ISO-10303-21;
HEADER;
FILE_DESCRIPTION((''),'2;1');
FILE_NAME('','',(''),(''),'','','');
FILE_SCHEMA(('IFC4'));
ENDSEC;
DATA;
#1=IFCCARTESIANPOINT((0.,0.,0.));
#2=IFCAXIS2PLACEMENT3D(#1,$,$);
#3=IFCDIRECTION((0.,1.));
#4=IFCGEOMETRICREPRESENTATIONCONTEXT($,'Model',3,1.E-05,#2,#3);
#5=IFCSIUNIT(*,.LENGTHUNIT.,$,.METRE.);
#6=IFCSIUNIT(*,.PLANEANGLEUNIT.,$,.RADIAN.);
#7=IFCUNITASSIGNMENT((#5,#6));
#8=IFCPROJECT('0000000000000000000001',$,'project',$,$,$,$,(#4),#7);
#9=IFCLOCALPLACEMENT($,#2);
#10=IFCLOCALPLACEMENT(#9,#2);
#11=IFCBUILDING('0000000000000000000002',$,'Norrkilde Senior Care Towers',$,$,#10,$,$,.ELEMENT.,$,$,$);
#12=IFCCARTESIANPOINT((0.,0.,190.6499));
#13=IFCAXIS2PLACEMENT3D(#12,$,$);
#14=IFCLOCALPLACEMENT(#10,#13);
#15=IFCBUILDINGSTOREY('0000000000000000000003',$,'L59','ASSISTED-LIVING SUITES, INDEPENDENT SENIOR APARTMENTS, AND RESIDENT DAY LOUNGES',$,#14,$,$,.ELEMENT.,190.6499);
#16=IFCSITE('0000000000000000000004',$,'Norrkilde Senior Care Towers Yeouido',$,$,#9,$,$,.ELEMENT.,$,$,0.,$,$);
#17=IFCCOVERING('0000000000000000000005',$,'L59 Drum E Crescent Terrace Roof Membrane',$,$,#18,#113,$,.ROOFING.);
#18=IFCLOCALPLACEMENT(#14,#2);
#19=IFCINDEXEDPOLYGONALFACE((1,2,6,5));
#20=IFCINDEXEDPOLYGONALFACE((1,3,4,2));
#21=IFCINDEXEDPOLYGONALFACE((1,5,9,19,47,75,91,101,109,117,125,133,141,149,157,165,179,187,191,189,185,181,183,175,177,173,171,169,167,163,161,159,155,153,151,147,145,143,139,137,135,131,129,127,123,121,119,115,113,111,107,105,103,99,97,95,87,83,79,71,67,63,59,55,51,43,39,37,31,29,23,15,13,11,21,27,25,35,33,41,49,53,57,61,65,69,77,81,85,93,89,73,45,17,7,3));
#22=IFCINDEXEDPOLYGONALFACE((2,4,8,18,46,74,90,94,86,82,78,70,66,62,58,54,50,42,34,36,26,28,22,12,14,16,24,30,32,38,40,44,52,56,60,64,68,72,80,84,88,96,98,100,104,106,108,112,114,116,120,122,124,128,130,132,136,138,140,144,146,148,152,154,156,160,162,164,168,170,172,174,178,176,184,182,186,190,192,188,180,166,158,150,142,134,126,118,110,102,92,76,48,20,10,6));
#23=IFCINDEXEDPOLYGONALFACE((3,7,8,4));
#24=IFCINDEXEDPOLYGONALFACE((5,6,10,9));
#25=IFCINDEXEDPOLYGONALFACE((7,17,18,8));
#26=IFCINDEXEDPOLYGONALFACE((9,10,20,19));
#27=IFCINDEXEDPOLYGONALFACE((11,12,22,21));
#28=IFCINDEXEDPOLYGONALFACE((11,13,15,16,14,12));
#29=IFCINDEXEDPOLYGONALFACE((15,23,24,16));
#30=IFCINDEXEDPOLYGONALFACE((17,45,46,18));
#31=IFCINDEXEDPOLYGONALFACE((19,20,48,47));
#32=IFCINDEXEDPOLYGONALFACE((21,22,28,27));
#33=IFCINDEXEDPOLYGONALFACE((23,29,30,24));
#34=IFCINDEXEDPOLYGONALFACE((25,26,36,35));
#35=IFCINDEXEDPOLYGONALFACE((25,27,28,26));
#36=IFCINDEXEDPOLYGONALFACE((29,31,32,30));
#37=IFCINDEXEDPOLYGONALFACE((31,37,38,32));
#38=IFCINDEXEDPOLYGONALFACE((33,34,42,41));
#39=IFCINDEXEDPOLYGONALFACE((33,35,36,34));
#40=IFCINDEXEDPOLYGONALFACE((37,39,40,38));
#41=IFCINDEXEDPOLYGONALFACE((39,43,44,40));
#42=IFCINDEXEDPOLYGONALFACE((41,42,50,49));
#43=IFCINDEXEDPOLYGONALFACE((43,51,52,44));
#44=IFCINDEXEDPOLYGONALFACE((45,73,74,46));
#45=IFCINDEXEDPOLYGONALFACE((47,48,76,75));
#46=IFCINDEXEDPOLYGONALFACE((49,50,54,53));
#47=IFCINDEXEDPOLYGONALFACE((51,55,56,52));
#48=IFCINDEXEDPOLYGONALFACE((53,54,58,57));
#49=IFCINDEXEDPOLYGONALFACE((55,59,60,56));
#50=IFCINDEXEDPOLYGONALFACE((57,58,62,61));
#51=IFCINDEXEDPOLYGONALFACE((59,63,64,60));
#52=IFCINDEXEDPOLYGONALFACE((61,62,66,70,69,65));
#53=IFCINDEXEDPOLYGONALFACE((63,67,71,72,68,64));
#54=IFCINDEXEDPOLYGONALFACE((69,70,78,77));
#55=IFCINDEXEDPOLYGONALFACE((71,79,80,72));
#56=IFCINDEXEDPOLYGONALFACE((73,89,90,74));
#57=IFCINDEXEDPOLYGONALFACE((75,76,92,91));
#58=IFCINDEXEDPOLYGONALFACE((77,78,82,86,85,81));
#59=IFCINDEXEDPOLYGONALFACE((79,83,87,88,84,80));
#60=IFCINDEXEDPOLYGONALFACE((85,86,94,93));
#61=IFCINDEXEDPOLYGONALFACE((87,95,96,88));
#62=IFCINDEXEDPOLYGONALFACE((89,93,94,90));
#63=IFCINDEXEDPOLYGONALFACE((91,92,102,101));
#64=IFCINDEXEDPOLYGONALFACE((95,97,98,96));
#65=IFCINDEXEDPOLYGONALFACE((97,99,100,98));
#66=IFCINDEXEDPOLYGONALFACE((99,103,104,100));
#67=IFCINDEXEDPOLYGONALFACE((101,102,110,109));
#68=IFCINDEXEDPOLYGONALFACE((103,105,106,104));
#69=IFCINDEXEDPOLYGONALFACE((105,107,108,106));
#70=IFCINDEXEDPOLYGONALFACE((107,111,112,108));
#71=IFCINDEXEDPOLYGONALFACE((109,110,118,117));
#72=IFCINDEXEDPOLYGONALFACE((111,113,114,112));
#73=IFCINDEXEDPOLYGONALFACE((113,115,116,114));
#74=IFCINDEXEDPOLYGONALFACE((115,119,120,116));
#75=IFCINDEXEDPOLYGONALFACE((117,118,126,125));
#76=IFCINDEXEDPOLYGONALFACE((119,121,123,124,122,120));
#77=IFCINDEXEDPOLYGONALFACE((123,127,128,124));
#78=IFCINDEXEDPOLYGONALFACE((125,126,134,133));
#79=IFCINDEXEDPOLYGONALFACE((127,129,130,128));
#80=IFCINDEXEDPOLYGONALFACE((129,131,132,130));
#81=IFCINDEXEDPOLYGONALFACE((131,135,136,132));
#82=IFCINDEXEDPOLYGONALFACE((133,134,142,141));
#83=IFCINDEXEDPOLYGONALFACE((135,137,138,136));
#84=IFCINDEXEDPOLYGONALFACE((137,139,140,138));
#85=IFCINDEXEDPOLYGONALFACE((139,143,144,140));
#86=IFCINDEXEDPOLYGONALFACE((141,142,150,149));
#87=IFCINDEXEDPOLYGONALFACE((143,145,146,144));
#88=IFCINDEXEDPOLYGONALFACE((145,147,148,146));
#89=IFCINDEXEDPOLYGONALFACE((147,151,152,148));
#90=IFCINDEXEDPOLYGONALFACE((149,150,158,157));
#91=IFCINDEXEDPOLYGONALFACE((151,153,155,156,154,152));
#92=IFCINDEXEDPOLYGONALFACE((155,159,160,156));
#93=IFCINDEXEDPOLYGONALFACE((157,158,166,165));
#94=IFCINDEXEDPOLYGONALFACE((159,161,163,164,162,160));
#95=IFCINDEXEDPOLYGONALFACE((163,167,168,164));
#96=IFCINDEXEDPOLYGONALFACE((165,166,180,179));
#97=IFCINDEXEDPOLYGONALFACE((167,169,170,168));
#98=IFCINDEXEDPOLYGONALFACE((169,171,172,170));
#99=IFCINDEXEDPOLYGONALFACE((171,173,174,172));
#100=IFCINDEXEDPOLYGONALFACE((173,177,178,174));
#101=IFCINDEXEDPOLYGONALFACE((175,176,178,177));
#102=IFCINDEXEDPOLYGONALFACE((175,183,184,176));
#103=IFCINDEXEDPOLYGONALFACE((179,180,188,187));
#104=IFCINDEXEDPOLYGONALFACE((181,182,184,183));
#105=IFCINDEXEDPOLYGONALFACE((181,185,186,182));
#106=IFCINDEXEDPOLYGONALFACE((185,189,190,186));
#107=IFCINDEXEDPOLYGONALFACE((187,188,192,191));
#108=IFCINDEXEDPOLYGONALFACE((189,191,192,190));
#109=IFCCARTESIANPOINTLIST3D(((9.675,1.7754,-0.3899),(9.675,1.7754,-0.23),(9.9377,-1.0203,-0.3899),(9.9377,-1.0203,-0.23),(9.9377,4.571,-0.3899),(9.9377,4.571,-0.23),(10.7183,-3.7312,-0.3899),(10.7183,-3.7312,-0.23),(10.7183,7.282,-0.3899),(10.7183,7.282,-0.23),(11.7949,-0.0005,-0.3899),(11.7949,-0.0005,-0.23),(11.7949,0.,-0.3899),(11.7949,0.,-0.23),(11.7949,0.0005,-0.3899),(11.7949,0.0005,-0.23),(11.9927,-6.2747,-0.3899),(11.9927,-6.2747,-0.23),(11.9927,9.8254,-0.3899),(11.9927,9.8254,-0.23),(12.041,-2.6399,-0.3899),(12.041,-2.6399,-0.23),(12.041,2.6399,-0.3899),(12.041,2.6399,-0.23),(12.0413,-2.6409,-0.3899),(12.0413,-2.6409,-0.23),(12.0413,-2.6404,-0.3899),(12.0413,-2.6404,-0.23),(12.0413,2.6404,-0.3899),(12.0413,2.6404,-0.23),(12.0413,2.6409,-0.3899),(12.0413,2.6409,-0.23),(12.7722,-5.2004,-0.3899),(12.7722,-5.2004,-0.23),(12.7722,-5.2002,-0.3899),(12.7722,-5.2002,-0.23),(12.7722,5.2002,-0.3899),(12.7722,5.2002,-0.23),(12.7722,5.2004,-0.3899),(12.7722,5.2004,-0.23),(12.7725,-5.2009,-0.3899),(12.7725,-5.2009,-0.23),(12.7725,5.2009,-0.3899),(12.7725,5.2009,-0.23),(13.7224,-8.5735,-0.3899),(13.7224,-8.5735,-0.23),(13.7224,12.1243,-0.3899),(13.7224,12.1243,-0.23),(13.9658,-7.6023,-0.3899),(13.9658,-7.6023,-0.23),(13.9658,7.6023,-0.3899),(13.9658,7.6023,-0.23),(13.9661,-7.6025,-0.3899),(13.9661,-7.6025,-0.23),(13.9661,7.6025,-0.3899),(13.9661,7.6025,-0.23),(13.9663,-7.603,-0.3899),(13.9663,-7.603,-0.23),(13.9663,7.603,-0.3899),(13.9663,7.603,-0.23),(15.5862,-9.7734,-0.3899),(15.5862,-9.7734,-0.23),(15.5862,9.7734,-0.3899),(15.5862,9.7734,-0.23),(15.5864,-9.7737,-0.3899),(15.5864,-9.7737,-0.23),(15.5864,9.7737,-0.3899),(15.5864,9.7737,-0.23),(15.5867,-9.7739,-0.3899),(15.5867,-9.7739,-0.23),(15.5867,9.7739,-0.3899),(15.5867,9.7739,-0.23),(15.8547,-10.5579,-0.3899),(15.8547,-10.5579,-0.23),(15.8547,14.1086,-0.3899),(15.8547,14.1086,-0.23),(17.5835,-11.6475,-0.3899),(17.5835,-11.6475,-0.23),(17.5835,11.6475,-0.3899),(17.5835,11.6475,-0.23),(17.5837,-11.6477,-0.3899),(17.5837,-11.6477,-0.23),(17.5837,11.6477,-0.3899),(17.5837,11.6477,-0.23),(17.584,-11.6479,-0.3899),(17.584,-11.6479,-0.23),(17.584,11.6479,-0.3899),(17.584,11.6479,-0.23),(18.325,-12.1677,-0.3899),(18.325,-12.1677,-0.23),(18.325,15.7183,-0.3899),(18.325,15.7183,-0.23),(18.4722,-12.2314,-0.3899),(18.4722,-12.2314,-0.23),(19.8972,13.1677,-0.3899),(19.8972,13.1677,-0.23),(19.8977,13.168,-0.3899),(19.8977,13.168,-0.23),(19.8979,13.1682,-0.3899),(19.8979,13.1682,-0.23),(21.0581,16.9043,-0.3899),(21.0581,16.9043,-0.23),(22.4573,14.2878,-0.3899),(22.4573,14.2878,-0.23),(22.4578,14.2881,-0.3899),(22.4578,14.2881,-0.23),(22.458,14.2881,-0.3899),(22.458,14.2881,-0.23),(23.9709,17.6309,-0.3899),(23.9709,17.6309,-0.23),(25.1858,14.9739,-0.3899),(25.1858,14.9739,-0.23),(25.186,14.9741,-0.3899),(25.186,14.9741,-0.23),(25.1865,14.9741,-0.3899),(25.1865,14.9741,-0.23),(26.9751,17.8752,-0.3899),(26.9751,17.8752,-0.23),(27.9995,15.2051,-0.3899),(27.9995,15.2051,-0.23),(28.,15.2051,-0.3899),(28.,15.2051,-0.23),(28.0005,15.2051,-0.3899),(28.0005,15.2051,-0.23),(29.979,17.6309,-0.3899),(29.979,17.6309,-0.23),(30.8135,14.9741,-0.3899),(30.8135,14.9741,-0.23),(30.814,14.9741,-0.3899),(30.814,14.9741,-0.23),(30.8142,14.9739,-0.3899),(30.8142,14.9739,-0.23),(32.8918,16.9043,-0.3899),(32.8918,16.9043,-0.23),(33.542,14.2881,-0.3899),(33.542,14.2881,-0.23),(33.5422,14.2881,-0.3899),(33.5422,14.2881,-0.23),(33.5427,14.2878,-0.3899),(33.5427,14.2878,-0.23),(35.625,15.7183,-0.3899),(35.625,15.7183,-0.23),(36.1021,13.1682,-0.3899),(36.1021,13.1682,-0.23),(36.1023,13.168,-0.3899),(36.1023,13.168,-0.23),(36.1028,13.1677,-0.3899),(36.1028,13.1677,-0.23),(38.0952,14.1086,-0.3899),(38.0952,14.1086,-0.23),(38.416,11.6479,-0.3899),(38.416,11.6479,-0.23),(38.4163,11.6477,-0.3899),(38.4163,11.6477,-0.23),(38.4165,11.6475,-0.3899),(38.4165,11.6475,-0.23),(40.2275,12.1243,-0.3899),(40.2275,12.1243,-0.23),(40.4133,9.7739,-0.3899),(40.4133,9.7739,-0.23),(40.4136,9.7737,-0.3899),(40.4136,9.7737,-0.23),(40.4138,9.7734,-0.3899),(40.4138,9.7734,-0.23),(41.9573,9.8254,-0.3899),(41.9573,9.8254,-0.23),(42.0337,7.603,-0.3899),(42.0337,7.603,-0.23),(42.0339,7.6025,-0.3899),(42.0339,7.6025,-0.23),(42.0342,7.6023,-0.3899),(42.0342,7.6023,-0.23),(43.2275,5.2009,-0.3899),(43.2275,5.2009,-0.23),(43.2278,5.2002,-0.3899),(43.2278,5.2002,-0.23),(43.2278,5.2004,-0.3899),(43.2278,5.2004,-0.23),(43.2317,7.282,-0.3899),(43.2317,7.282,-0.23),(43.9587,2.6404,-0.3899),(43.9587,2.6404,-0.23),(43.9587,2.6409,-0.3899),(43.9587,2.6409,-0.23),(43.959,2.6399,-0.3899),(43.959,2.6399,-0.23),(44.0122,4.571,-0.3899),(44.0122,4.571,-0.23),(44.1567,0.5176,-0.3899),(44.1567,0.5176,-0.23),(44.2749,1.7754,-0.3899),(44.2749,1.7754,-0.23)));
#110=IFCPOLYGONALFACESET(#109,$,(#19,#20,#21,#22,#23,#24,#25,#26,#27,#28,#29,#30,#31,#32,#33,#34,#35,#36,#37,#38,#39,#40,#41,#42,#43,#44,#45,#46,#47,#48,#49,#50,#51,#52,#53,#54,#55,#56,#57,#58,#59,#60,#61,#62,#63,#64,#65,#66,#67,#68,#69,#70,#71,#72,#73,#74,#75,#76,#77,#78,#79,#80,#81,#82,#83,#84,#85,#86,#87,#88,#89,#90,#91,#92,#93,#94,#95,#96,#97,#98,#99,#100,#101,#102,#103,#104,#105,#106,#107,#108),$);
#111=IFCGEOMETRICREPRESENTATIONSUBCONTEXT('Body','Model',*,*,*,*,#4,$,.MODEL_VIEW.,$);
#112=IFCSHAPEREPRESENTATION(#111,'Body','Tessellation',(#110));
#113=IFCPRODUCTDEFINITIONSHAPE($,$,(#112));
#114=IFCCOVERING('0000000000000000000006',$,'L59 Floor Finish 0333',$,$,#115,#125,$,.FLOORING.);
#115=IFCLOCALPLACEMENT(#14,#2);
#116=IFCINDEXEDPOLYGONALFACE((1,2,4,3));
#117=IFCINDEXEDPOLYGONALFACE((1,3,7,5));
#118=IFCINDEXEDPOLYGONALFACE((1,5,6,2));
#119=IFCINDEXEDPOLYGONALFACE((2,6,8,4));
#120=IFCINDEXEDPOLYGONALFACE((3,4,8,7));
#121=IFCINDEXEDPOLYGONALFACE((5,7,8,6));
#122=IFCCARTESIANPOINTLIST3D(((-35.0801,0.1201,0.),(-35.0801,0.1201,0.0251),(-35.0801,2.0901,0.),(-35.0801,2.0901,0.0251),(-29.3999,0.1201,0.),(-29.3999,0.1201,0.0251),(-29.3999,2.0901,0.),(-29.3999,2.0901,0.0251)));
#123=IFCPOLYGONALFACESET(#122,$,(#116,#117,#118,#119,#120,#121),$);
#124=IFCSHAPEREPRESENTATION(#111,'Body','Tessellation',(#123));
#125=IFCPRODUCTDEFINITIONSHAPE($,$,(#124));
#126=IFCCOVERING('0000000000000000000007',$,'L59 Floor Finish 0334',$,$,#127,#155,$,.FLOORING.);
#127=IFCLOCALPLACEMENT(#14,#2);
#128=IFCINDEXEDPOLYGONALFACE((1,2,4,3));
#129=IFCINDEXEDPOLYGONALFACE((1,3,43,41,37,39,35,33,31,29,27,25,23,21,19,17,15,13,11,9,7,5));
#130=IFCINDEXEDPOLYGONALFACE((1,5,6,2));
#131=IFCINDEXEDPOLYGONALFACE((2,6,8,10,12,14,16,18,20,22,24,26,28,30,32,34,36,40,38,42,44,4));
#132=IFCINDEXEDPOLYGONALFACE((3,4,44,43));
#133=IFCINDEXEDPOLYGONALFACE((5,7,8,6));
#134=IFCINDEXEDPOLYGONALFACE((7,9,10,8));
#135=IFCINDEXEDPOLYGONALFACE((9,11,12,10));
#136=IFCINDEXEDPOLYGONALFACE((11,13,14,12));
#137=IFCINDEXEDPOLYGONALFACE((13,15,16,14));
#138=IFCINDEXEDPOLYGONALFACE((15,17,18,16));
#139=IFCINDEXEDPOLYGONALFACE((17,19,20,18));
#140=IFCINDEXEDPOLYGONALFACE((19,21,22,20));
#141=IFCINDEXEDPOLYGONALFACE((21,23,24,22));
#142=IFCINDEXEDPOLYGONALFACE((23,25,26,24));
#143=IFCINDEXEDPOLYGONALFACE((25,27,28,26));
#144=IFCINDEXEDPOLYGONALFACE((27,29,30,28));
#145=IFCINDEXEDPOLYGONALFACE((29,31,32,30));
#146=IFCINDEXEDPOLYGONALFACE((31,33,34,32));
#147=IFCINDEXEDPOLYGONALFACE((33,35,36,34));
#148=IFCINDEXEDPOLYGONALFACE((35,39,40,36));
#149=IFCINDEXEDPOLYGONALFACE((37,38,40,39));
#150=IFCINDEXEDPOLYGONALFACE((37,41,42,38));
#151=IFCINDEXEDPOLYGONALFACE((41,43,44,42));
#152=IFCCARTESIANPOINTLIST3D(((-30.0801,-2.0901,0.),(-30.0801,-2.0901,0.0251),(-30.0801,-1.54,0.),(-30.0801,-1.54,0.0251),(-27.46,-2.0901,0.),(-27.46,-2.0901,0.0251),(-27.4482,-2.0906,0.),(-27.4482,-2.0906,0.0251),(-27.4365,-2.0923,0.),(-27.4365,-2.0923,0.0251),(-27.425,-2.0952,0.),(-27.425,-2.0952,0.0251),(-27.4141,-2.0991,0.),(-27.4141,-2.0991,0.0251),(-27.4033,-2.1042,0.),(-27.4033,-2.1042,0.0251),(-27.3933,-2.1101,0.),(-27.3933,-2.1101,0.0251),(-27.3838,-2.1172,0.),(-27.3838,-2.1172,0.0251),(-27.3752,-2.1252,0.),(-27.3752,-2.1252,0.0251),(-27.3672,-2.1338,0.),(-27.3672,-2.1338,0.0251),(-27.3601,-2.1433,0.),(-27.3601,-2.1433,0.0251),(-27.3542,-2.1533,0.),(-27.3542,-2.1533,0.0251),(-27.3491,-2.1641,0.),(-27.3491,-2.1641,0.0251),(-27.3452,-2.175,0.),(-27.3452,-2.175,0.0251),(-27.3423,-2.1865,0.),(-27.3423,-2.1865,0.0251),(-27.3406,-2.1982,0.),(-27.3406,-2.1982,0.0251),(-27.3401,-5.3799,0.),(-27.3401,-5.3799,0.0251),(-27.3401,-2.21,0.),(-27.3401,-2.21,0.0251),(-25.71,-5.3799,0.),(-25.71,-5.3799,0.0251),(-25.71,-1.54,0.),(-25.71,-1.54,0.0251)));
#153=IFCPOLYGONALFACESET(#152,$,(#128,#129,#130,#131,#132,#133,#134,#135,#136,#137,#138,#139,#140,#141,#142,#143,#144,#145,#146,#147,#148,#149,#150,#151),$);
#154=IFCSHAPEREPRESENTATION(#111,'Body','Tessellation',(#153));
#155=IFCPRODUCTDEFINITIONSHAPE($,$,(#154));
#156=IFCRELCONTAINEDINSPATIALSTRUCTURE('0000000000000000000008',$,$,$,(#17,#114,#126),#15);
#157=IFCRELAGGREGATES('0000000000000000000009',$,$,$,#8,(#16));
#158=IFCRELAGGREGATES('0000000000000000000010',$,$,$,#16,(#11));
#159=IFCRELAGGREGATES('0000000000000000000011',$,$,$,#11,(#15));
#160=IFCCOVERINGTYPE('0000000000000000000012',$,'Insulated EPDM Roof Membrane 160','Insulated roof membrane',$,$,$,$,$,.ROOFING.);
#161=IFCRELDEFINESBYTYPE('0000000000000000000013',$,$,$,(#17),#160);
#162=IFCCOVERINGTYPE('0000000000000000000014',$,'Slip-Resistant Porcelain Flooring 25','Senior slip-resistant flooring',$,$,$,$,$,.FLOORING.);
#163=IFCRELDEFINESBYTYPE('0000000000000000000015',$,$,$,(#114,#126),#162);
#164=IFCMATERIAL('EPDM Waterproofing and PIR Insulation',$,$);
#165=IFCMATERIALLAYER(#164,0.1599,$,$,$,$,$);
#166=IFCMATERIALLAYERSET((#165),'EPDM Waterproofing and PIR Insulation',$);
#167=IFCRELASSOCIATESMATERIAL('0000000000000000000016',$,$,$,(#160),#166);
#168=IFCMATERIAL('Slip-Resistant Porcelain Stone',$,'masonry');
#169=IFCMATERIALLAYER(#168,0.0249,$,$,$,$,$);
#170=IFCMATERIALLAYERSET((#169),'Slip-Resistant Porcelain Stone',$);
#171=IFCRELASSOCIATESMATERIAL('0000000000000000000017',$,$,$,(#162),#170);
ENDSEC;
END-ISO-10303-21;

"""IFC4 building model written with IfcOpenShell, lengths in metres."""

from ifc_helpers import new_model, si_unit, direction, frame, origin, place, context, subcontext, project, spatial, polyline, outline, extrude, material, layer, layer_set, type_object, element, save


model = new_model("IFC4")

# Units and contexts
model_context = context("Model", 3, precision=1e-05, world=origin(), true_north=direction((0.0, 1.0)))
body_context = subcontext(model_context, "Body", "Model", "MODEL_VIEW")
ifc_project = project(units=[si_unit("LENGTHUNIT", "METRE"), si_unit("PLANEANGLEUNIT", "RADIAN")], contexts=[model_context])

# Site, building, storey
site_placement = place(None, origin())
site = spatial("IfcSite", under=ifc_project, at=site_placement, Name="Norrkilde Senior Care Towers Yeouido", CompositionType="ELEMENT", RefElevation=0.0)
building_placement = place(site_placement, origin())
building = spatial("IfcBuilding", under=site, at=building_placement, Name="Norrkilde Senior Care Towers", CompositionType="ELEMENT")
storey_placement = place(building_placement, frame((0.0, 0.0, 190.6499)))
storey = spatial("IfcBuildingStorey", under=building, at=storey_placement, Name="L59", Description="ASSISTED-LIVING SUITES, INDEPENDENT SENIOR APARTMENTS, AND RESIDENT DAY LOUNGES", CompositionType="ELEMENT", Elevation=190.6499)

# Coverings
ifc_material_1 = material(Name="EPDM Waterproofing and PIR Insulation")
ifc_layer_1 = layer(ifc_material_1, 0.1599)
ifc_layer_set_1 = layer_set([ifc_layer_1], Name="EPDM Waterproofing and PIR Insulation")
covering_type_1 = type_object("IfcCoveringType", Name="Insulated EPDM Roof Membrane 160", Description="Insulated roof membrane", PredefinedType="ROOFING", material=ifc_layer_set_1)
covering_1_placement = place(storey_placement, frame((0.0, 0.0, -0.3899)))
element("IfcCovering", 1, at=covering_1_placement, inside=storey, type_object=covering_type_1, Name="L59 Drum E Crescent Terrace Roof Membrane", PredefinedType="ROOFING", context=body_context, shape_type="SweptSolid", body=[
    extrude(outline(polyline([(18.325, -12.1677), (15.8547, -10.5579), (13.7224, -8.5735), (11.9927, -6.2747), (10.7183, -3.7312), (9.9377, -1.0203), (9.675, 1.7754), (9.9377, 4.571), (10.7183, 7.282), (11.9927, 9.8254), (13.7224, 12.1243), (15.8547, 14.1086), (18.325, 15.7183), (21.0581, 16.9043), (23.9709, 17.6309), (26.9751, 17.8752), (29.979, 17.6309), (32.8918, 16.9043), (35.625, 15.7183), (38.0952, 14.1086), (40.2275, 12.1243), (41.9573, 9.8254), (43.2317, 7.282), (44.0122, 4.571), (44.2749, 1.7754), (44.1567, 0.5176), (43.959, 2.6399), (43.9587, 2.6404), (43.9587, 2.6409), (43.2278, 5.2002), (43.2278, 5.2004), (43.2275, 5.2009), (42.0342, 7.6023), (42.0339, 7.6025), (42.0337, 7.603), (40.4138, 9.7734), (40.4136, 9.7737), (40.4133, 9.7739), (38.4165, 11.6475), (38.4163, 11.6477), (38.416, 11.6479), (36.1028, 13.1677), (36.1023, 13.168), (36.1021, 13.1682), (33.5427, 14.2878), (33.5422, 14.2881), (33.542, 14.2881), (30.8142, 14.9739), (30.814, 14.9741), (30.8135, 14.9741), (28.0005, 15.2051), (28.0, 15.2051), (27.9995, 15.2051), (25.1865, 14.9741), (25.186, 14.9741), (25.1858, 14.9739), (22.458, 14.2881), (22.4578, 14.2881), (22.4573, 14.2878), (19.8979, 13.1682), (19.8977, 13.168), (19.8972, 13.1677), (17.584, 11.6479), (17.5837, 11.6477), (17.5835, 11.6475), (15.5867, 9.7739), (15.5864, 9.7737), (15.5862, 9.7734), (13.9663, 7.603), (13.9661, 7.6025), (13.9658, 7.6023), (12.7725, 5.2009), (12.7722, 5.2004), (12.7722, 5.2002), (12.0413, 2.6409), (12.0413, 2.6404), (12.041, 2.6399), (11.7949, 0.0005), (11.7949, 0.0), (11.7949, -0.0005), (12.041, -2.6399), (12.0413, -2.6404), (12.0413, -2.6409), (12.7722, -5.2002), (12.7722, -5.2004), (12.7725, -5.2009), (13.9658, -7.6023), (13.9661, -7.6025), (13.9663, -7.603), (15.5862, -9.7734), (15.5864, -9.7737), (15.5867, -9.7739), (17.5835, -11.6475), (17.5837, -11.6477), (17.584, -11.6479), (18.4722, -12.2314), (18.325, -12.1677)])), origin(), (0.0, 0.0, 1.0), 0.1599),
])
ifc_material_2 = material(Name="Slip-Resistant Porcelain Stone", Category="masonry")
ifc_layer_2 = layer(ifc_material_2, 0.0249)
ifc_layer_set_2 = layer_set([ifc_layer_2], Name="Slip-Resistant Porcelain Stone")
covering_type_2 = type_object("IfcCoveringType", Name="Slip-Resistant Porcelain Flooring 25", Description="Senior slip-resistant flooring", PredefinedType="FLOORING", material=ifc_layer_set_2)
covering_2_placement = place(storey_placement, origin())
element("IfcCovering", 2, at=covering_2_placement, inside=storey, type_object=covering_type_2, Name="L59 Floor Finish 0333", PredefinedType="FLOORING", context=body_context, shape_type="SweptSolid", body=[
    extrude(outline(polyline([(-29.3999, 0.1201), (-35.0801, 0.1201), (-35.0801, 2.0901), (-29.3999, 2.0901), (-29.3999, 0.1201)])), origin(), (0.0, 0.0, 1.0), 0.0251),
])
covering_3_placement = place(storey_placement, origin())
element("IfcCovering", 3, at=covering_3_placement, inside=storey, type_object=covering_type_2, Name="L59 Floor Finish 0334", PredefinedType="FLOORING", context=body_context, shape_type="SweptSolid", body=[
    extrude(outline(polyline([(-27.3452, -2.175), (-27.3491, -2.1641), (-27.3542, -2.1533), (-27.3601, -2.1433), (-27.3672, -2.1338), (-27.3752, -2.1252), (-27.3838, -2.1172), (-27.3933, -2.1101), (-27.4033, -2.1042), (-27.4141, -2.0991), (-27.425, -2.0952), (-27.4365, -2.0923), (-27.4482, -2.0906), (-27.46, -2.0901), (-30.0801, -2.0901), (-30.0801, -1.54), (-25.71, -1.54), (-25.71, -5.3799), (-27.3401, -5.3799), (-27.3401, -2.21), (-27.3406, -2.1982), (-27.3423, -2.1865), (-27.3452, -2.175)])), origin(), (0.0, 0.0, 1.0), 0.0251),
])

save(model, "model.ifc")
